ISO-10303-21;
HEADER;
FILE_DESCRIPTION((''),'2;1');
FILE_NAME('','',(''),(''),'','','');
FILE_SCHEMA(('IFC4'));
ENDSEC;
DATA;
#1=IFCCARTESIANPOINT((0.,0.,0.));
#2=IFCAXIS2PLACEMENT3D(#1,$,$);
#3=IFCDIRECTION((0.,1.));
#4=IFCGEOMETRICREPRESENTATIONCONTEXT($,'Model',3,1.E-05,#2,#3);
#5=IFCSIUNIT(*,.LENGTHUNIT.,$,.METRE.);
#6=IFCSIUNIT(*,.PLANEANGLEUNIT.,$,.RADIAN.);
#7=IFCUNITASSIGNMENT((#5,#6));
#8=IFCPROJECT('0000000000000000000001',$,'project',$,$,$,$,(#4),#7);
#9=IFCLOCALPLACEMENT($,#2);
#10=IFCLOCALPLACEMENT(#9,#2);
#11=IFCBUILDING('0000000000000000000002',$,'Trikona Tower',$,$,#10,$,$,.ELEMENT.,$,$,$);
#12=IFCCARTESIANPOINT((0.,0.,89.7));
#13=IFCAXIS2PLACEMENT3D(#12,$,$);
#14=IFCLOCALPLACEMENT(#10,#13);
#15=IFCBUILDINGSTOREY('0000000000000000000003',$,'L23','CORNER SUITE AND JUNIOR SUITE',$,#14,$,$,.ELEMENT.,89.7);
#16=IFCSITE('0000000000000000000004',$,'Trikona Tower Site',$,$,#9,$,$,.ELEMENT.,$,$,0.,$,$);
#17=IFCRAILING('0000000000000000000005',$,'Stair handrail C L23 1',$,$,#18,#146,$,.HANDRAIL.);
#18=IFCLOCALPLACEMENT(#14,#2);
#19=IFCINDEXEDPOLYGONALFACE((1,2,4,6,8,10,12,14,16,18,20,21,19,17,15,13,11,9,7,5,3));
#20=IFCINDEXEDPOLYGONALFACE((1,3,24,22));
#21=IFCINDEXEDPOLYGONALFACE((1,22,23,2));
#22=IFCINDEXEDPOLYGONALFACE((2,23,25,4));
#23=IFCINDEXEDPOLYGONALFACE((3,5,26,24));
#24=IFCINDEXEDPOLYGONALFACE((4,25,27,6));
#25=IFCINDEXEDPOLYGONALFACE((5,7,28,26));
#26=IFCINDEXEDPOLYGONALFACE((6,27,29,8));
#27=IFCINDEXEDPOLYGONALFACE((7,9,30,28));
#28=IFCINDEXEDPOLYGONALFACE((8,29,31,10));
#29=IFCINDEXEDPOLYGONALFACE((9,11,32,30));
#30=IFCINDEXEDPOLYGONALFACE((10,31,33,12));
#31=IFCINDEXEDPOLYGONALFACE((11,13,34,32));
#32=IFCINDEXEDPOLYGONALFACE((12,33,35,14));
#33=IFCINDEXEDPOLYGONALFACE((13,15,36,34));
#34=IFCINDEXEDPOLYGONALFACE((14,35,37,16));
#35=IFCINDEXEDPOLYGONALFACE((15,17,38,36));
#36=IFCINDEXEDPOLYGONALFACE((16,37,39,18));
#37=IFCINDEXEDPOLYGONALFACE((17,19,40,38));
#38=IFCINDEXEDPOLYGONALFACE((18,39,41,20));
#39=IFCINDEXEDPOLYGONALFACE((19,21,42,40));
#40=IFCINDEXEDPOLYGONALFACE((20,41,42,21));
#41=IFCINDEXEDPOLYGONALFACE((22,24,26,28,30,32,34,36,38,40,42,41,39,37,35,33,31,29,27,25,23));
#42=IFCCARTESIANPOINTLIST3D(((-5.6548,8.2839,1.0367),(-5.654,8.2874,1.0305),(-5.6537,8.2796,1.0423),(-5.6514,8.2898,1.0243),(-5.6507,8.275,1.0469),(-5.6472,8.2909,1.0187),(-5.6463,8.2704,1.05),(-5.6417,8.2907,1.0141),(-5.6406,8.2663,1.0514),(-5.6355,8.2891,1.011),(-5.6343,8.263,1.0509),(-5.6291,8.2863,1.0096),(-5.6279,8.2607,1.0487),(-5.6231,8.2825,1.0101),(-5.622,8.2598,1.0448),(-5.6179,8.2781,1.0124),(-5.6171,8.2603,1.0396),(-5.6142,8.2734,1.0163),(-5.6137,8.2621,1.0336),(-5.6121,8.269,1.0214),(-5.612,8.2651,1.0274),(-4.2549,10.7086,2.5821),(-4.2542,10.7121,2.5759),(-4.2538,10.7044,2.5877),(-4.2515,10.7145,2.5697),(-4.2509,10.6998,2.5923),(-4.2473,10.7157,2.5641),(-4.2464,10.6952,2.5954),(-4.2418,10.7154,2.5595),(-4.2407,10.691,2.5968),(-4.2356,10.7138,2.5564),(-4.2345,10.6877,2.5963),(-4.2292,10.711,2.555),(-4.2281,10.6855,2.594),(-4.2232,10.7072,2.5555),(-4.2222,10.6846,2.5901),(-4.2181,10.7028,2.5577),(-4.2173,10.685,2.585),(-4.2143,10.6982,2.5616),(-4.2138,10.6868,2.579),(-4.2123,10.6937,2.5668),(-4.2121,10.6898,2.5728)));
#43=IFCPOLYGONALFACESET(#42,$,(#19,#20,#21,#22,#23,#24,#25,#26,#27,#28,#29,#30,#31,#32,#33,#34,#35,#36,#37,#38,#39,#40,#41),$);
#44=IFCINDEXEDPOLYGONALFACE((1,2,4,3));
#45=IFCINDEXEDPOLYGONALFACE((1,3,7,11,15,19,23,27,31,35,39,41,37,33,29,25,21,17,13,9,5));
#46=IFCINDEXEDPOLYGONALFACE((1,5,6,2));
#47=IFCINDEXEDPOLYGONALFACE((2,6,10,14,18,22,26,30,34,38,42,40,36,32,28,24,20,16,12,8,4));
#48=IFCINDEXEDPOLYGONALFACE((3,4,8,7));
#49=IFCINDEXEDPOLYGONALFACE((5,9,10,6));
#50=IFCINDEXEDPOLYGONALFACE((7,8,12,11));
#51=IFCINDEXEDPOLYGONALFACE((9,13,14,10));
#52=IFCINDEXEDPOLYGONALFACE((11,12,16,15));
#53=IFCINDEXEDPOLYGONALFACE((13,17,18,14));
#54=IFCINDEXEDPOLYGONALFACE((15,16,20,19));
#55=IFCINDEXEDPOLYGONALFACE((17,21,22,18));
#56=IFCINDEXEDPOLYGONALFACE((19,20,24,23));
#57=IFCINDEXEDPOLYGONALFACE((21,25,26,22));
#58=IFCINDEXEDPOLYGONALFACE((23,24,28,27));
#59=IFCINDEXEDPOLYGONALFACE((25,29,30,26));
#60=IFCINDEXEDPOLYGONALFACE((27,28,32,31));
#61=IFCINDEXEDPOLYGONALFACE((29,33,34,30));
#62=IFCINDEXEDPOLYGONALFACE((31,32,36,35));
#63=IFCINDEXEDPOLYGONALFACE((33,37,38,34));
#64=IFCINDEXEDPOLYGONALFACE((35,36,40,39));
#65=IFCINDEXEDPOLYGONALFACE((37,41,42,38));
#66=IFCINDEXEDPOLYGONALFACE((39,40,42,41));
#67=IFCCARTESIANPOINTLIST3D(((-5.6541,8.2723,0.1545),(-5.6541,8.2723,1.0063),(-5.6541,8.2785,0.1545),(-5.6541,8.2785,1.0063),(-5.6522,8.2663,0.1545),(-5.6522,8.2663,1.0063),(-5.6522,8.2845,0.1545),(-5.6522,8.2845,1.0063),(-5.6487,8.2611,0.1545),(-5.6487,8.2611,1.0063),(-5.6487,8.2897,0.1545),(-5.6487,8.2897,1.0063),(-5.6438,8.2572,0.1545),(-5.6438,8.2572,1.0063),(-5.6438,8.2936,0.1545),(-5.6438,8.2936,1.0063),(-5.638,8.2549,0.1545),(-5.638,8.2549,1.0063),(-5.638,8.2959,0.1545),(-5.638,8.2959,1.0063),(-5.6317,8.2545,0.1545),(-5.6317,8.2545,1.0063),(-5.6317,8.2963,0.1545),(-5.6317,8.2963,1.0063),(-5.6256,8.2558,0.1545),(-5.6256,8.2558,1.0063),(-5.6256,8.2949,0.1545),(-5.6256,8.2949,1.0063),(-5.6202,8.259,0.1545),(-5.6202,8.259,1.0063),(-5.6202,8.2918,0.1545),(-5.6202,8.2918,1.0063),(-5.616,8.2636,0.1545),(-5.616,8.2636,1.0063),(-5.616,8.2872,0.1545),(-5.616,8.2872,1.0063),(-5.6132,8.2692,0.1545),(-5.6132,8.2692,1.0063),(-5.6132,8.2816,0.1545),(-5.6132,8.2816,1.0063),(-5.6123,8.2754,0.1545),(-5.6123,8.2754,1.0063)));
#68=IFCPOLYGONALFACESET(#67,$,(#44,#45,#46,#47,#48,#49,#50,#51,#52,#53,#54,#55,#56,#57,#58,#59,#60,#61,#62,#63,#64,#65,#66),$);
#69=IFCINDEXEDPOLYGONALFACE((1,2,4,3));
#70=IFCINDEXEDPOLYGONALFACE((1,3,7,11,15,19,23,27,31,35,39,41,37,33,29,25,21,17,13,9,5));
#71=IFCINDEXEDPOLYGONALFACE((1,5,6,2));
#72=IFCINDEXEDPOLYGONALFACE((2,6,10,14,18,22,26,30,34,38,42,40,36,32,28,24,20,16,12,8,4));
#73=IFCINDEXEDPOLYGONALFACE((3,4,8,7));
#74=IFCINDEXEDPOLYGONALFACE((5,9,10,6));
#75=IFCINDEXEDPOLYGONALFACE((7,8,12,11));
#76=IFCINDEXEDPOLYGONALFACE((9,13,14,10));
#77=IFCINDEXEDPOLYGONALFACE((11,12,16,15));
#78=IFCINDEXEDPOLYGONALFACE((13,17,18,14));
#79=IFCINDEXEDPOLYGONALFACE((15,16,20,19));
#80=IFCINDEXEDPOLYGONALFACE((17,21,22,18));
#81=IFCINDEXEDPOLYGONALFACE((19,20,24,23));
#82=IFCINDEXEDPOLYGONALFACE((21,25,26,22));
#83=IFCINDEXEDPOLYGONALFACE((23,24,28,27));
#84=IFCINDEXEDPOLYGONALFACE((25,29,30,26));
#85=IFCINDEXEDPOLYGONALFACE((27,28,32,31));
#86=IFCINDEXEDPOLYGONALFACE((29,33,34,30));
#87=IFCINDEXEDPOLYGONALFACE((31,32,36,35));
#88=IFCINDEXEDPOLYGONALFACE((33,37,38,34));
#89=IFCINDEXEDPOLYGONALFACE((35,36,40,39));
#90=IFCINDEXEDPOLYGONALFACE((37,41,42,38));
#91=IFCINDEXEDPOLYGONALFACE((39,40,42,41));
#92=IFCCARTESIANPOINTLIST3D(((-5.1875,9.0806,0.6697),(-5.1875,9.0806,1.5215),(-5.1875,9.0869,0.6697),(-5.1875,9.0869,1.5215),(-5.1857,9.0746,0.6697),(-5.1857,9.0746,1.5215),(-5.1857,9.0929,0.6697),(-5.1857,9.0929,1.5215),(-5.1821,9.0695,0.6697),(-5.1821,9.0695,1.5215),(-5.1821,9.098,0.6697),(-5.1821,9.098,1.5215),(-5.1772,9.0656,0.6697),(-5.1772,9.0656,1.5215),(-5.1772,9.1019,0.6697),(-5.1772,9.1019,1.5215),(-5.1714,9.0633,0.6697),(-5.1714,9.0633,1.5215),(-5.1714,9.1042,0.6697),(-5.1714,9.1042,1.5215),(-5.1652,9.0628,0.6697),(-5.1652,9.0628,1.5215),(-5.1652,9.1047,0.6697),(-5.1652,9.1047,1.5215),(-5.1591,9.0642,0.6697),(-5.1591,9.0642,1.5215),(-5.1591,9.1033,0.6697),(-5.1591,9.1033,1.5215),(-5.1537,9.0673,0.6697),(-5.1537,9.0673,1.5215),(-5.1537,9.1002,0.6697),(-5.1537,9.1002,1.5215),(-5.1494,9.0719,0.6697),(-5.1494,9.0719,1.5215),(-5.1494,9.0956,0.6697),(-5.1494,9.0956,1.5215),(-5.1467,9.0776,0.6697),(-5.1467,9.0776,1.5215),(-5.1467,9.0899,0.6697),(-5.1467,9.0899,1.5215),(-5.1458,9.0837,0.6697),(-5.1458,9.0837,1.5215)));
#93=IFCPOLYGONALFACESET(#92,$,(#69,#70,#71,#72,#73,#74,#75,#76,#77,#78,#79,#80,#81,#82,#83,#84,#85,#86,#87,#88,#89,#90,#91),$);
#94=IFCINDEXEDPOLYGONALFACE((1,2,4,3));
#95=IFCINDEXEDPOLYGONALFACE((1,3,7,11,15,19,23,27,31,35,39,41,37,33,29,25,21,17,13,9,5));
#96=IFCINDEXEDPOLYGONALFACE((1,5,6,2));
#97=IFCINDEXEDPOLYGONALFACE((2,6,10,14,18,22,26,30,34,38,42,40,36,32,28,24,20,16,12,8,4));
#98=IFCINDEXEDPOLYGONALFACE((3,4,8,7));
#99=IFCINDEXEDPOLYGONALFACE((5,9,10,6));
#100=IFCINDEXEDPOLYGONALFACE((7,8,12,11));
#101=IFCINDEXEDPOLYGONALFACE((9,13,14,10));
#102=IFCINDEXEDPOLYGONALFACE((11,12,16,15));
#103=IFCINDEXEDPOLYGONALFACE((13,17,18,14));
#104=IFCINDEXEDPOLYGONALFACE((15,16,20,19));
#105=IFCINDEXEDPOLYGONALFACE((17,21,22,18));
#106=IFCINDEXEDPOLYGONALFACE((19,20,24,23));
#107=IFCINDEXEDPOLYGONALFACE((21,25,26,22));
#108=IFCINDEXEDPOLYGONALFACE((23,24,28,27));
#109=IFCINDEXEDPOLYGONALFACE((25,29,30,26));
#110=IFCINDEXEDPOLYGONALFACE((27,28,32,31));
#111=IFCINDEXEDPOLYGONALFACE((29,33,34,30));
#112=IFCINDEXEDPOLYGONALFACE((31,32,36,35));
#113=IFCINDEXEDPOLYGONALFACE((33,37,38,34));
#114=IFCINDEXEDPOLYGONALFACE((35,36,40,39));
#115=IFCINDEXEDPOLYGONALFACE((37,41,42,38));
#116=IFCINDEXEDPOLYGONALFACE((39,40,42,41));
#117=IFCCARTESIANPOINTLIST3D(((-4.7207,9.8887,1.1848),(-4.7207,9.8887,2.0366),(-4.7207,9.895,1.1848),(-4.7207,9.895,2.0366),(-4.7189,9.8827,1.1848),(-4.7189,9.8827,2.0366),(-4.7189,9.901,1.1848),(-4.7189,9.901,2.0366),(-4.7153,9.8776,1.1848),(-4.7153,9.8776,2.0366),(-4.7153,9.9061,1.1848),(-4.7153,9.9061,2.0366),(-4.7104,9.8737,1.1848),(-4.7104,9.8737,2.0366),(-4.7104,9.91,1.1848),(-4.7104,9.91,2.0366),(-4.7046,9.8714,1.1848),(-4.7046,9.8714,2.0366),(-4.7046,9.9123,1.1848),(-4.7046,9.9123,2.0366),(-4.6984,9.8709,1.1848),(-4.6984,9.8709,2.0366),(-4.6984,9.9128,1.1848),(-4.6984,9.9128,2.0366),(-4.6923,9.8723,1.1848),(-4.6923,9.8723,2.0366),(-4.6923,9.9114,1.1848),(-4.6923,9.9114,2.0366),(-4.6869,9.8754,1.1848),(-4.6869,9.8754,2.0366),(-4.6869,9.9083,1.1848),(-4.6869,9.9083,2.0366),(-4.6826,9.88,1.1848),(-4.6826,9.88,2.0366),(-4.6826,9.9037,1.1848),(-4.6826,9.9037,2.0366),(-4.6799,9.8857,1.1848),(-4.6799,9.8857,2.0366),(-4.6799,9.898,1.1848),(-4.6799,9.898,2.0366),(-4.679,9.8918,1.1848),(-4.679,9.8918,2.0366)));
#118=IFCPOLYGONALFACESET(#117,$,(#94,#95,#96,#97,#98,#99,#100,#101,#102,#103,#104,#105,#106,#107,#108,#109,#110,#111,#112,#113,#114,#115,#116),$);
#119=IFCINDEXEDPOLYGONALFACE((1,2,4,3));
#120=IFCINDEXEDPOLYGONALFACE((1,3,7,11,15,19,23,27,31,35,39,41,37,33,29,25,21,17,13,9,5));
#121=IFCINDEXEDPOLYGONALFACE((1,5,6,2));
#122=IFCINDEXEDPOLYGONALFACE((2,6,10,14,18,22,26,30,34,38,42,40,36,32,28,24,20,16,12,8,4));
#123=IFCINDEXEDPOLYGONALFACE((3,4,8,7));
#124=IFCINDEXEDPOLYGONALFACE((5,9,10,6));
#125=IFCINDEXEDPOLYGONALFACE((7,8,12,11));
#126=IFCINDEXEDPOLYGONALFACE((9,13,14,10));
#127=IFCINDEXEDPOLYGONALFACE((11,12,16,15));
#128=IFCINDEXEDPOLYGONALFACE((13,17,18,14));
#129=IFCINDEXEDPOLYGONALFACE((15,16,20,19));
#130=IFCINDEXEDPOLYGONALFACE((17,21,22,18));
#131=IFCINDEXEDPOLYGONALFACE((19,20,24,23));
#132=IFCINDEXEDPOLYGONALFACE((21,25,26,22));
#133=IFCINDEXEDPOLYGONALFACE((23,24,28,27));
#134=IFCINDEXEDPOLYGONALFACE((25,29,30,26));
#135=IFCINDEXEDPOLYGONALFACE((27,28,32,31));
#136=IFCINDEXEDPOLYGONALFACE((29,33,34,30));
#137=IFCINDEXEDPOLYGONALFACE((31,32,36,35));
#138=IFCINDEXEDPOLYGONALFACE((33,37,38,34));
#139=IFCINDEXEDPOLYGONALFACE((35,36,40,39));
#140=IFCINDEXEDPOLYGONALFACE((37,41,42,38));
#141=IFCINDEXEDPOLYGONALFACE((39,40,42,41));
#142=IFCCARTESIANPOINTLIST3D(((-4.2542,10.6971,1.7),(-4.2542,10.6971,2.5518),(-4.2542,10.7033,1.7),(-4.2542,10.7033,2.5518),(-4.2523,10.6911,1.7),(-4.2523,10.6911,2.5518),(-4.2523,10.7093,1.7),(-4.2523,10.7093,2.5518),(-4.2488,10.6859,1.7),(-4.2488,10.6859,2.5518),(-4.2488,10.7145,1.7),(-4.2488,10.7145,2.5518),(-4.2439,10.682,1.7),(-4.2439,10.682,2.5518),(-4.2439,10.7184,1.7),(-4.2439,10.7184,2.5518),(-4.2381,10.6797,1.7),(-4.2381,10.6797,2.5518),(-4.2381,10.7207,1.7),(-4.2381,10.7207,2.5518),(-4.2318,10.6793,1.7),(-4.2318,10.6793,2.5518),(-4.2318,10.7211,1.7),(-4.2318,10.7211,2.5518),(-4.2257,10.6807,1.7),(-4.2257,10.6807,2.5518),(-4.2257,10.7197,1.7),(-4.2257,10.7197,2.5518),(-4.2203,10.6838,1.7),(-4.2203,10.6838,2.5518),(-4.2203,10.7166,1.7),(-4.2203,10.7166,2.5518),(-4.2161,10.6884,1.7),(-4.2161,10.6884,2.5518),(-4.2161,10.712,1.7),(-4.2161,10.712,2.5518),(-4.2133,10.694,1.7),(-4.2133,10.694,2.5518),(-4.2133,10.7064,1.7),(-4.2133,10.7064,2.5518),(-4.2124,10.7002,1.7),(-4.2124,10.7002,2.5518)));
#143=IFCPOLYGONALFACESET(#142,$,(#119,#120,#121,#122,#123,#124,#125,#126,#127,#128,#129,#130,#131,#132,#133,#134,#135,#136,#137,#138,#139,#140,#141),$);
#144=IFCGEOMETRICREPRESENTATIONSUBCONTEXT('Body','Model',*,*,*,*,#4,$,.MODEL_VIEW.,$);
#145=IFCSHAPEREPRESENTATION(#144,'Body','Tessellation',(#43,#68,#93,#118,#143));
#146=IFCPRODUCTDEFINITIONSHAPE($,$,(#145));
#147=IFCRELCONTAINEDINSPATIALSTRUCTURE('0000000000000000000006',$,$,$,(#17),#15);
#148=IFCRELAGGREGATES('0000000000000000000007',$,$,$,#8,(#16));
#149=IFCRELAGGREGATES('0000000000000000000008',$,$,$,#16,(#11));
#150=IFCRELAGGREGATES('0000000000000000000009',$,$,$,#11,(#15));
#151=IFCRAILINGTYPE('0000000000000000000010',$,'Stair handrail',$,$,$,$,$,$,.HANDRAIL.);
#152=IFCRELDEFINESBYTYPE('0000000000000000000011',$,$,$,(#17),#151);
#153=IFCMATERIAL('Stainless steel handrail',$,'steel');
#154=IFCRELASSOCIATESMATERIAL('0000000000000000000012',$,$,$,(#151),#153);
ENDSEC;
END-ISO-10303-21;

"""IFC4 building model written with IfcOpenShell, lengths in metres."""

from ifc_helpers import new_model, si_unit, direction, frame, origin, origin_2d, place, context, subcontext, project, spatial, circle, extrude, material, type_object, element, save


model = new_model("IFC4")

# Units and contexts
model_context = context("Model", 3, precision=1e-05, world=origin(), true_north=direction((0.0, 1.0)))
body_context = subcontext(model_context, "Body", "Model", "MODEL_VIEW")
ifc_project = project(units=[si_unit("LENGTHUNIT", "METRE"), si_unit("PLANEANGLEUNIT", "RADIAN")], contexts=[model_context])

# Site, building, storey
site_placement = place(None, origin())
site = spatial("IfcSite", under=ifc_project, at=site_placement, Name="Trikona Tower Site", CompositionType="ELEMENT", RefElevation=0.0)
building_placement = place(site_placement, origin())
building = spatial("IfcBuilding", under=site, at=building_placement, Name="Trikona Tower", CompositionType="ELEMENT")
storey_placement = place(building_placement, frame((0.0, 0.0, 89.7)))
storey = spatial("IfcBuildingStorey", under=building, at=storey_placement, Name="L23", Description="CORNER SUITE AND JUNIOR SUITE", CompositionType="ELEMENT", Elevation=89.7)

# Railing
ifc_material_1 = material(Name="Stainless steel handrail", Category="steel")
railing_type = type_object("IfcRailingType", Name="Stair handrail", PredefinedType="HANDRAIL", material=ifc_material_1)
railing_1_placement = place(storey_placement, frame((-5.6333, 8.2754, 0.1545)))
element("IfcRailing", 1, at=railing_1_placement, inside=storey, type_object=railing_type, Name="Stair handrail C L23 1", PredefinedType="HANDRAIL", context=body_context, shape_type="SweptSolid", body=[
    extrude(circle(Radius=0.0239, at=origin_2d()), frame((0.0, 0.0, 0.876), z_axis=(0.437733, 0.758207, 0.483231), x_axis=(-0.866035, 0.499984, 0.0)), (0.0, 0.0, 1.0), 3.198),
    extrude(circle(Radius=0.021, at=origin_2d()), origin(), (0.0, 0.0, 1.0), 0.8518),
    extrude(circle(Radius=0.021, at=origin_2d()), frame((0.4666, 0.8083, 0.5151)), (0.0, 0.0, 1.0), 0.8518),
    extrude(circle(Radius=0.021, at=origin_2d()), frame((0.9333, 1.6165, 1.0303)), (0.0, 0.0, 1.0), 0.8518),
    extrude(circle(Radius=0.021, at=origin_2d()), frame((1.3999, 2.4248, 1.5454)), (0.0, 0.0, 1.0), 0.8518),
])

save(model, "model.ifc")
